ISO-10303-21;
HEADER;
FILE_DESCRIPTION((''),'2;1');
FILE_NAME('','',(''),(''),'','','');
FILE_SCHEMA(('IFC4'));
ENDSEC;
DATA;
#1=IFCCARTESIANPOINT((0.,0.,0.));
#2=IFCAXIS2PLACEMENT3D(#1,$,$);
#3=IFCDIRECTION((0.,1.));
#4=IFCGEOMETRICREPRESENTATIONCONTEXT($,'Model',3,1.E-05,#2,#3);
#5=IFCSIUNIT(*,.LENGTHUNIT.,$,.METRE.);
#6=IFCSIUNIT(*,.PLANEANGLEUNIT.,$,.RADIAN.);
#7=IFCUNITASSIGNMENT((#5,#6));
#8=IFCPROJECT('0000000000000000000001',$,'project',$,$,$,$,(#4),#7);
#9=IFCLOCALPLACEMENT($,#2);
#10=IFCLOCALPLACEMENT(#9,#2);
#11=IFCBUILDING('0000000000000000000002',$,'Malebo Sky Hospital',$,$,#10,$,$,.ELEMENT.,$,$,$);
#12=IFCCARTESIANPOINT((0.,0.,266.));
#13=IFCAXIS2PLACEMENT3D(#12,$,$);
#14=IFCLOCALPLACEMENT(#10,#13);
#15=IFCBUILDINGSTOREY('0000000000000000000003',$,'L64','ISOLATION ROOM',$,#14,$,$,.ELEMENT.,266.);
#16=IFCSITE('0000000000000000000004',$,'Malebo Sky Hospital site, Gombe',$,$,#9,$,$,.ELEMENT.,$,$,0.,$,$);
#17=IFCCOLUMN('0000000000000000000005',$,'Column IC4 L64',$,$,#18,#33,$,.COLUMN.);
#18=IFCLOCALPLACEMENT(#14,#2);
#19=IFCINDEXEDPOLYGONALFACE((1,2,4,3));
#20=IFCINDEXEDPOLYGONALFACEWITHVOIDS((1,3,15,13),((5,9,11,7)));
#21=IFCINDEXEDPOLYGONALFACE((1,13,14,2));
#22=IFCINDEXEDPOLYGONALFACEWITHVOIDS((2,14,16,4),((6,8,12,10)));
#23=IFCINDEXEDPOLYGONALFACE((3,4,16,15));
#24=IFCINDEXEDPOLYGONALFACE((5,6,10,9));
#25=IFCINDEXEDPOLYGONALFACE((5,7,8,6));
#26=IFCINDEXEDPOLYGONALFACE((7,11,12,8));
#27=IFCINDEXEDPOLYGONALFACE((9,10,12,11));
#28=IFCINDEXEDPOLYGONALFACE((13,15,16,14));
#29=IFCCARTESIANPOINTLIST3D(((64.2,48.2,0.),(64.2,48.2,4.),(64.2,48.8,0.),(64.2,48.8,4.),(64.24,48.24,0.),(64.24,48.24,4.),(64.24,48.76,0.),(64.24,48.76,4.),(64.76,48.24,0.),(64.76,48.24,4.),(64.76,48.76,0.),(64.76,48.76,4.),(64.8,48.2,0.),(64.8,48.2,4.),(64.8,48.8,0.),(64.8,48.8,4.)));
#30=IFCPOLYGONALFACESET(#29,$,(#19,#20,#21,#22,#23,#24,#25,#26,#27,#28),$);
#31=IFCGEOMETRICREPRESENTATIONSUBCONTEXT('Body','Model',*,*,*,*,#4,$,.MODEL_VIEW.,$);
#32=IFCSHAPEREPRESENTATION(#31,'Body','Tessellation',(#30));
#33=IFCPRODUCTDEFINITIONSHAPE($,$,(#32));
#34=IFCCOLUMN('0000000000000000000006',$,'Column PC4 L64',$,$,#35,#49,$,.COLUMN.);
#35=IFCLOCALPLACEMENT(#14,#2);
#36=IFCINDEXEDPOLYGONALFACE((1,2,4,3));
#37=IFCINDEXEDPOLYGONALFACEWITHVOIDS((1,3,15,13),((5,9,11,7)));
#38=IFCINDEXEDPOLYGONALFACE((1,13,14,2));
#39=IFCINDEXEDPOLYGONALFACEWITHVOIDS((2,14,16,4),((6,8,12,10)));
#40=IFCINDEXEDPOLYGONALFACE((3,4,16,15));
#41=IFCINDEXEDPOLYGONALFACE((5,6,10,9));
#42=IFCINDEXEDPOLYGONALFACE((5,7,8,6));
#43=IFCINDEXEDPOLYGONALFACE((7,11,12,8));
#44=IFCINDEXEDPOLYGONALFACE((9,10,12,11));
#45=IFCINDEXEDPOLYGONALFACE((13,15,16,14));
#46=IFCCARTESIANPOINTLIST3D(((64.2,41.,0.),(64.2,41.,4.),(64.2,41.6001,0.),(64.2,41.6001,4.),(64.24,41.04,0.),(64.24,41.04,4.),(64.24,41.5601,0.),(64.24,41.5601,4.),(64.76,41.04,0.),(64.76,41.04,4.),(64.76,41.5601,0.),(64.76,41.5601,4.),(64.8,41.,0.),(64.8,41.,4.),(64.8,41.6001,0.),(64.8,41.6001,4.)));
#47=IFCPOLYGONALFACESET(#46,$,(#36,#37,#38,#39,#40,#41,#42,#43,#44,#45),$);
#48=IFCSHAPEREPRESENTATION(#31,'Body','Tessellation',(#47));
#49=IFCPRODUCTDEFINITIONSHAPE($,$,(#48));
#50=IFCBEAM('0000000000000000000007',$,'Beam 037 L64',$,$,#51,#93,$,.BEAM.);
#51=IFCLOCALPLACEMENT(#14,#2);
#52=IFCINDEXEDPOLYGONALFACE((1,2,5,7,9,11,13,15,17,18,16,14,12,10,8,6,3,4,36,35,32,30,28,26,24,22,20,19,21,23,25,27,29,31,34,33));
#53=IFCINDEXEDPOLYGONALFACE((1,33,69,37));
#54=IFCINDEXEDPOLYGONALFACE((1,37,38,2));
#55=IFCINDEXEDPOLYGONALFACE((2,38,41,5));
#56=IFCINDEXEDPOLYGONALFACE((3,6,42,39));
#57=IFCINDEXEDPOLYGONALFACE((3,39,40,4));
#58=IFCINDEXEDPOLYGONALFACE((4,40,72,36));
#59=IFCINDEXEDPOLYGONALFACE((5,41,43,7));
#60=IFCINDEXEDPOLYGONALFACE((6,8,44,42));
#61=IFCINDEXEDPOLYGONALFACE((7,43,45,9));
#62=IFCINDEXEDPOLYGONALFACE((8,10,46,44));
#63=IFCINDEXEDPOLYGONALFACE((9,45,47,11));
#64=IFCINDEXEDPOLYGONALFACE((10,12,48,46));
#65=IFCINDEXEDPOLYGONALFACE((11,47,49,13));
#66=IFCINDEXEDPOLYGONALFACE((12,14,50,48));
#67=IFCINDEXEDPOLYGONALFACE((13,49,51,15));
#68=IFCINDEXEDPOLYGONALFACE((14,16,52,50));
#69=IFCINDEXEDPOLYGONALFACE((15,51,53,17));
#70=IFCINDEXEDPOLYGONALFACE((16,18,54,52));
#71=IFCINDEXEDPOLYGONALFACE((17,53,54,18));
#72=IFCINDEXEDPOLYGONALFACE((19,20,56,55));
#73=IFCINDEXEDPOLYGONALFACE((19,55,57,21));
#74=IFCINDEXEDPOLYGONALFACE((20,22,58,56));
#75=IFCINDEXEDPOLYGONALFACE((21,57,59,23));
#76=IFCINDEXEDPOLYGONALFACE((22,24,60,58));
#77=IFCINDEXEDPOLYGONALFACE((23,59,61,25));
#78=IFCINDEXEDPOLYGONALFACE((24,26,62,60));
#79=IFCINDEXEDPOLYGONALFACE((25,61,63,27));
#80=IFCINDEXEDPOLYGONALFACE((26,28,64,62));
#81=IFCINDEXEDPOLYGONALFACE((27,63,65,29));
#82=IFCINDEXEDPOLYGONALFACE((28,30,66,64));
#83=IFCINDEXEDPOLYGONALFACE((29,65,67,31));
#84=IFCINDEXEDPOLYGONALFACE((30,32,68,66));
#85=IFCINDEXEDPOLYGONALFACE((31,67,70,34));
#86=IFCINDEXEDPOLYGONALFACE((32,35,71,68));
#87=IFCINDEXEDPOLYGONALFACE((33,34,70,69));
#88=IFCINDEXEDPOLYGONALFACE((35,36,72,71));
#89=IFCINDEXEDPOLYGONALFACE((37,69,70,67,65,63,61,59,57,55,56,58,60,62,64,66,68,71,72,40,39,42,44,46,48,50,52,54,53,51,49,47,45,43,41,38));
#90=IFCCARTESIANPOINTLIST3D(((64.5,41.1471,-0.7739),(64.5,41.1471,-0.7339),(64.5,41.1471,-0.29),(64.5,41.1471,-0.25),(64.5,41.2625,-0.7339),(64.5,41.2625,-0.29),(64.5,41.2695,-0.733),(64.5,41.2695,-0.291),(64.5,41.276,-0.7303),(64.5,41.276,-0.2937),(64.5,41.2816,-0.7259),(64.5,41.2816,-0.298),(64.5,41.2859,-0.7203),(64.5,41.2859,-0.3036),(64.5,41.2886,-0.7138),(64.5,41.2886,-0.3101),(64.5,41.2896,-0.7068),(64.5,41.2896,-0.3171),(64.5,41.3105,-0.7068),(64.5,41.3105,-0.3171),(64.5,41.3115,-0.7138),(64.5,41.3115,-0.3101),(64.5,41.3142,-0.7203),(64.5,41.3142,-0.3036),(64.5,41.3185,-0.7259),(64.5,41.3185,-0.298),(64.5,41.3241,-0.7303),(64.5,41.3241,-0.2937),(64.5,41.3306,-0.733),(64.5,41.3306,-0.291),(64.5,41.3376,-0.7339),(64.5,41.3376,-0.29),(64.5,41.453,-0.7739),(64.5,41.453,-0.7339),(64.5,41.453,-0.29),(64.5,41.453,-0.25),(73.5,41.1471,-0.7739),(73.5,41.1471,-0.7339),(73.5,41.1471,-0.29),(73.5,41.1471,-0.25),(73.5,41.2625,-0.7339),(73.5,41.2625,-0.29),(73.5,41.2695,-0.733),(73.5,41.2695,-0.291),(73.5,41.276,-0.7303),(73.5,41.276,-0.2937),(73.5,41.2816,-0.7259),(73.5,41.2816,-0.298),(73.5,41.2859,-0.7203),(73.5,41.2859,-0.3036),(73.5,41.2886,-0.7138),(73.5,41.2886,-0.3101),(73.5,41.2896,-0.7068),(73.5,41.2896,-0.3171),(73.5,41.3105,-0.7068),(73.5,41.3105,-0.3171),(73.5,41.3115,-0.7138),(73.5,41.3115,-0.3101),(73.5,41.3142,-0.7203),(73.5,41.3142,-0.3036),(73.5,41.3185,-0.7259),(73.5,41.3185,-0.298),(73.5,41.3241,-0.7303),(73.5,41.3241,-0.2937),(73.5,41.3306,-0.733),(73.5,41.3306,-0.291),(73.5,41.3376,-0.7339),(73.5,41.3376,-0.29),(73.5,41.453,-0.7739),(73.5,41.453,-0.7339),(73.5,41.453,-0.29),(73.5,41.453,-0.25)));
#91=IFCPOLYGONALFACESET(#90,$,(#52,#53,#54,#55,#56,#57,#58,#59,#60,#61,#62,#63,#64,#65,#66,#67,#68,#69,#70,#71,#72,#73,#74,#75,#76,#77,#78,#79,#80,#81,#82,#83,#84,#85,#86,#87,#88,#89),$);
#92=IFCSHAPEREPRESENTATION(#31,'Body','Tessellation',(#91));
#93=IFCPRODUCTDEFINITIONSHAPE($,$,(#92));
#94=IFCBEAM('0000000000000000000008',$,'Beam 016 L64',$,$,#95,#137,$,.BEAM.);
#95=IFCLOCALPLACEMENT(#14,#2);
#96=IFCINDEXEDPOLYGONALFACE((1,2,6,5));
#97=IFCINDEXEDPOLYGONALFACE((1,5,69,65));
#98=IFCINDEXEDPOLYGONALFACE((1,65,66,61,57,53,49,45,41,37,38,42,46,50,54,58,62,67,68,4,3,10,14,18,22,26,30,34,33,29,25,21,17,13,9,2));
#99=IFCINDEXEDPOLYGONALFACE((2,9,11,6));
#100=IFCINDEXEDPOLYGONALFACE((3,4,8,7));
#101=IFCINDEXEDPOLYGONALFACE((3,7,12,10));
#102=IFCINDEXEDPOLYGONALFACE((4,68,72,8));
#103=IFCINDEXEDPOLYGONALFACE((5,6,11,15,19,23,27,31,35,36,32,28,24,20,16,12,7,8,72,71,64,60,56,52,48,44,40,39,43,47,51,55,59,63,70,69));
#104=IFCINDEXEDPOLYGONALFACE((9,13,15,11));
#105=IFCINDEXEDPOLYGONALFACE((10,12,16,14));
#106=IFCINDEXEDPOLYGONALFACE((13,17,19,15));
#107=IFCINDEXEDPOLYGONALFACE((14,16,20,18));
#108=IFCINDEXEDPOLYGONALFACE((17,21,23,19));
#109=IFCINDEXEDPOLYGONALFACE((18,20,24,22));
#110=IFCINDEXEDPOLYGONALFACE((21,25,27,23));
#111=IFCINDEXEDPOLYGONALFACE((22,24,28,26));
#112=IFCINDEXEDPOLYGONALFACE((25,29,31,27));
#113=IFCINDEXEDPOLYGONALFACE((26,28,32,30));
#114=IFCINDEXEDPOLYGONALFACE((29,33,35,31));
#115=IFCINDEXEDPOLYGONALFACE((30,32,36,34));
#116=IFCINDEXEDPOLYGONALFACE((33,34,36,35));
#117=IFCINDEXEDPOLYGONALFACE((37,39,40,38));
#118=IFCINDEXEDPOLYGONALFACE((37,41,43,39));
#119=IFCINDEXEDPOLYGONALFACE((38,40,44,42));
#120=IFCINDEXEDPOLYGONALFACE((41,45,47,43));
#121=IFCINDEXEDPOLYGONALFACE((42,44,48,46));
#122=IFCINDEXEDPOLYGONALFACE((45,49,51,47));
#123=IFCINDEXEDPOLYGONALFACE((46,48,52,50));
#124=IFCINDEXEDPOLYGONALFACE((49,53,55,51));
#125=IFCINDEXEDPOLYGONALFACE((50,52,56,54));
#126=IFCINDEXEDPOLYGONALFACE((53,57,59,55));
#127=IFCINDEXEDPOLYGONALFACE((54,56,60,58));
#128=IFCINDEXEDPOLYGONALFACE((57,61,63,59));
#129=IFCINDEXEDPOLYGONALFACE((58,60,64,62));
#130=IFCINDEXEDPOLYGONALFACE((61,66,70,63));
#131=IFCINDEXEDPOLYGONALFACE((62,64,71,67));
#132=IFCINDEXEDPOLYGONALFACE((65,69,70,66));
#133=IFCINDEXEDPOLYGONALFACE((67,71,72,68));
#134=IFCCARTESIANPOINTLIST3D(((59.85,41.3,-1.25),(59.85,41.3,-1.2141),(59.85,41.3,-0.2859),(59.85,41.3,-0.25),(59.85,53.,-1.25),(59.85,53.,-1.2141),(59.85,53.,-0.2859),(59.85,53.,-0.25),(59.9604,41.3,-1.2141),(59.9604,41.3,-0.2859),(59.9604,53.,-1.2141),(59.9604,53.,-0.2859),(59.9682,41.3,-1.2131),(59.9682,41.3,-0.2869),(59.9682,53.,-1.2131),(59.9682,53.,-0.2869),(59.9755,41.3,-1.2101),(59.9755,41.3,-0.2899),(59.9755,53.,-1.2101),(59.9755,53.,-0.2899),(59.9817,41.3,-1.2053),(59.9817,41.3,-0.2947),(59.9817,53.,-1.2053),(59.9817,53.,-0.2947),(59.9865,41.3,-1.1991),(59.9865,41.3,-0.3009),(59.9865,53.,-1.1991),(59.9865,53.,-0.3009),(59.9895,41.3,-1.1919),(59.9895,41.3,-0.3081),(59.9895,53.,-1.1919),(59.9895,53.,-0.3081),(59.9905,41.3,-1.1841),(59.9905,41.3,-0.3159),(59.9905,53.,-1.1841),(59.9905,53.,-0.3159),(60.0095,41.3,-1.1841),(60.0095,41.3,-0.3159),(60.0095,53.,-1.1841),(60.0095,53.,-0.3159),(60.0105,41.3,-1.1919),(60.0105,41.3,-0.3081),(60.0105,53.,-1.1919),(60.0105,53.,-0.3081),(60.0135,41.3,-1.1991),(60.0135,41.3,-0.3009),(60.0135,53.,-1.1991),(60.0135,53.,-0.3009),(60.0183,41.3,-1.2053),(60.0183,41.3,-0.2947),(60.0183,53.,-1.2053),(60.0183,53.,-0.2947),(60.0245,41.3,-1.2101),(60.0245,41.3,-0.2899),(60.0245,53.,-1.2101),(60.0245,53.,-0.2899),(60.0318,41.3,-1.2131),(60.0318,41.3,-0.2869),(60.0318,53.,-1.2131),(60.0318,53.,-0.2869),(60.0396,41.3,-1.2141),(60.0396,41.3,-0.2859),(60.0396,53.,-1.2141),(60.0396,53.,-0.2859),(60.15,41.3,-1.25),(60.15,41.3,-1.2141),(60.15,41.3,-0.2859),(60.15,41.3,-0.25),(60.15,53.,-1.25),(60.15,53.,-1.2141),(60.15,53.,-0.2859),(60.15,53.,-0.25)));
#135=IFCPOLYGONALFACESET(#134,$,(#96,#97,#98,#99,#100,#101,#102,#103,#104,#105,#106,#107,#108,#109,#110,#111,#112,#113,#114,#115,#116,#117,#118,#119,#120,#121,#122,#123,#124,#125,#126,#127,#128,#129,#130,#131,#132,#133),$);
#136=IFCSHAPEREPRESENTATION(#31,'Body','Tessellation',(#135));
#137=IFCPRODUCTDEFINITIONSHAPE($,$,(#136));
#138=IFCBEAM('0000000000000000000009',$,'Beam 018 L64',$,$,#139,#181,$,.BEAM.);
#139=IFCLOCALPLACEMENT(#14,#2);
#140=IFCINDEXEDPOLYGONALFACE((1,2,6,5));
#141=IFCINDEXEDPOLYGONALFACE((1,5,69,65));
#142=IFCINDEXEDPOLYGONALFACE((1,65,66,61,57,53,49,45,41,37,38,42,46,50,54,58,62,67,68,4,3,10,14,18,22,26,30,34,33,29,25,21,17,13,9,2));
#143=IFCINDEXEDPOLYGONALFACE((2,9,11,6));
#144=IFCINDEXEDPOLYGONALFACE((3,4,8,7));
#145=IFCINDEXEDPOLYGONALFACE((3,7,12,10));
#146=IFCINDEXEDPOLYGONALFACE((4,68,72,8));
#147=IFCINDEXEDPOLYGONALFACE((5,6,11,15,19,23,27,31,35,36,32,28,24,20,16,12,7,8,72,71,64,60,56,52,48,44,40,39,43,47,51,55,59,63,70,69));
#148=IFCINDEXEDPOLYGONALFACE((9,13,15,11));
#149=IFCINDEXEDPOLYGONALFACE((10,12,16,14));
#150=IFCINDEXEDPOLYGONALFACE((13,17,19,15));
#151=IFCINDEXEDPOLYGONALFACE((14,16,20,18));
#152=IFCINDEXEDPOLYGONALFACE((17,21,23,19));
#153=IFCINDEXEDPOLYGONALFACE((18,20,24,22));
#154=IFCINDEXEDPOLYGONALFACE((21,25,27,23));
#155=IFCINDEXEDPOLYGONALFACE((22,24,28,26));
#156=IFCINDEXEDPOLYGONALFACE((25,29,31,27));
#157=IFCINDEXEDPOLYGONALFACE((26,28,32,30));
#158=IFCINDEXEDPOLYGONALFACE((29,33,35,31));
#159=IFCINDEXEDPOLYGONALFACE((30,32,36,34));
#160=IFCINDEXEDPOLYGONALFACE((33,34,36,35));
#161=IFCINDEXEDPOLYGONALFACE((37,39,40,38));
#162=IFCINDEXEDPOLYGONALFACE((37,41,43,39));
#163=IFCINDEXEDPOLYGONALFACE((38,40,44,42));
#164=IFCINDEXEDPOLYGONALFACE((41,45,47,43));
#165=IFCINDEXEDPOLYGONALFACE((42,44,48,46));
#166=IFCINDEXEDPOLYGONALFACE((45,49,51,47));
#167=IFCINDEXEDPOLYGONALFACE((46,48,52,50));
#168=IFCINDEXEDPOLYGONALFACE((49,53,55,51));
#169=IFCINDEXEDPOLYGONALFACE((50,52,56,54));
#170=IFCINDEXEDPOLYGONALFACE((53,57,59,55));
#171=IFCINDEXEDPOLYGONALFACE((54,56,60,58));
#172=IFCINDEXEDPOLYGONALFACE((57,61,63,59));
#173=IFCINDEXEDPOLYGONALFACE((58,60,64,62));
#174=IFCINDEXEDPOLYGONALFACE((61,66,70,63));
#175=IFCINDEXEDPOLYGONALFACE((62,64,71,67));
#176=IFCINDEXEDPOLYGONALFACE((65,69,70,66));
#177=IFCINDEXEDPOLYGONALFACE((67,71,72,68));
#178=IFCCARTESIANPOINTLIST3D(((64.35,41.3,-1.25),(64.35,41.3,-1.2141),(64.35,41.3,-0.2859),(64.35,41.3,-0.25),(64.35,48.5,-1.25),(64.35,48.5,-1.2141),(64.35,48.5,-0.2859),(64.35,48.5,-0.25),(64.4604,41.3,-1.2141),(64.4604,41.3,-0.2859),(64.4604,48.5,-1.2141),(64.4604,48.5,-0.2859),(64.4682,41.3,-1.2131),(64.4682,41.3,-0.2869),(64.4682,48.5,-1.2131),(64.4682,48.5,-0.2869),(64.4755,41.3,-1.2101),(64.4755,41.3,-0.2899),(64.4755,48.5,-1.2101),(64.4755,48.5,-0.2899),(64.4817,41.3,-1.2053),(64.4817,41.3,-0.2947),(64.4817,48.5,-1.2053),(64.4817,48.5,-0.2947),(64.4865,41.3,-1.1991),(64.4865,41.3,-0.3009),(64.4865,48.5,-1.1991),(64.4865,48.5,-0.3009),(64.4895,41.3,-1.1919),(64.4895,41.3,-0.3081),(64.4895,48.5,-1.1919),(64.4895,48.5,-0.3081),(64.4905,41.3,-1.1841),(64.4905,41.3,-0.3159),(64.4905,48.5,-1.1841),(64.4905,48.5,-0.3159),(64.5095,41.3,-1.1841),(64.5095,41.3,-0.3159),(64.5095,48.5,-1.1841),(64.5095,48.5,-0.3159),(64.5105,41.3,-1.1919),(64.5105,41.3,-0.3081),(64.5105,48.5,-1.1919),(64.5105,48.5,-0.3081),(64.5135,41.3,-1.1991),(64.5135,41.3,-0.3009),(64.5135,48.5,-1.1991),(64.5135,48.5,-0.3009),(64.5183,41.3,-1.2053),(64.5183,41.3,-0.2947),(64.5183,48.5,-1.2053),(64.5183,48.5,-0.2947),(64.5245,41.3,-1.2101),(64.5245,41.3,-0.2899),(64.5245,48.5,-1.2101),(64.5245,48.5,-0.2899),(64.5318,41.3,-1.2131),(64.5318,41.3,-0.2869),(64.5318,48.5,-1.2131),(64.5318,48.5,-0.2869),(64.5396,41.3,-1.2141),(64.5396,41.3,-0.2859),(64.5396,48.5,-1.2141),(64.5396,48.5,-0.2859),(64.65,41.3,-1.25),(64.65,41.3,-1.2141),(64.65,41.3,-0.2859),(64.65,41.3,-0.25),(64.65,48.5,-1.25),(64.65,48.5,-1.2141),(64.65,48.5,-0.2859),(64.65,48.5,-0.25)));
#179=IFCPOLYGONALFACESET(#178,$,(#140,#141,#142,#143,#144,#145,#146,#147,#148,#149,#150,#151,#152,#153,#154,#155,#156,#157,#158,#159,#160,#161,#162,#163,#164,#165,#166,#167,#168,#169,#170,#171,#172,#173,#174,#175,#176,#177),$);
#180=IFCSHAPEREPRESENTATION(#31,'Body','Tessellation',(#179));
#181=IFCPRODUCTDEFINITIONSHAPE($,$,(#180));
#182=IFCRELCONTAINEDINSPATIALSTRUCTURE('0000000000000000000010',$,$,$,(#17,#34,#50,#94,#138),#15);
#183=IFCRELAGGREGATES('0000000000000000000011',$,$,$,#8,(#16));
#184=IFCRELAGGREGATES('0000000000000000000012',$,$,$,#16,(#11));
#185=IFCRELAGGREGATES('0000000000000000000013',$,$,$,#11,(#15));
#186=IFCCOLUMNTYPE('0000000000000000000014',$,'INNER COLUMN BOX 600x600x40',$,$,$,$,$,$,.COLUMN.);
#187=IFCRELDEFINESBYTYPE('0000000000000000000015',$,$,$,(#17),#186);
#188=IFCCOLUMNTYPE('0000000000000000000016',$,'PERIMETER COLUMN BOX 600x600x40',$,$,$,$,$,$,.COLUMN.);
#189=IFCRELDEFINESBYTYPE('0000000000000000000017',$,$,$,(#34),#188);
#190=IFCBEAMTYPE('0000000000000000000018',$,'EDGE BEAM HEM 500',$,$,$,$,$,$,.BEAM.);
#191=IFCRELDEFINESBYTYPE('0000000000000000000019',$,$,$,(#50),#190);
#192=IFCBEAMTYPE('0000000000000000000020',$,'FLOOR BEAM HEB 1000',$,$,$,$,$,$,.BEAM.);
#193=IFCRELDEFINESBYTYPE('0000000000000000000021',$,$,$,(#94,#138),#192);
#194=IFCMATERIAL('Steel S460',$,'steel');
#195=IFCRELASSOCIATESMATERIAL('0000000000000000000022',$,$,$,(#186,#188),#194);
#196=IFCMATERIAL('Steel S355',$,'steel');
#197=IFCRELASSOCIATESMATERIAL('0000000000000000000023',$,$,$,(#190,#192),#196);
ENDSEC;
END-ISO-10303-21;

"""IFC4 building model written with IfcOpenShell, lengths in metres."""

from ifc_helpers import new_model, si_unit, direction, frame, origin, origin_2d, place, context, subcontext, project, spatial, hollow_rectangle, i_section, extrude, material, material_profile, profile_set, type_object, element, save


model = new_model("IFC4")

# Units and contexts
model_context = context("Model", 3, precision=1e-05, world=origin(), true_north=direction((0.0, 1.0)))
body_context = subcontext(model_context, "Body", "Model", "MODEL_VIEW")
ifc_project = project(units=[si_unit("LENGTHUNIT", "METRE"), si_unit("PLANEANGLEUNIT", "RADIAN")], contexts=[model_context])

# Site, building, storey
site_placement = place(None, origin())
site = spatial("IfcSite", under=ifc_project, at=site_placement, Name="Malebo Sky Hospital site, Gombe", CompositionType="ELEMENT", RefElevation=0.0)
building_placement = place(site_placement, origin())
building = spatial("IfcBuilding", under=site, at=building_placement, Name="Malebo Sky Hospital", CompositionType="ELEMENT")
storey_placement = place(building_placement, frame((0.0, 0.0, 266.0)))
storey = spatial("IfcBuildingStorey", under=building, at=storey_placement, Name="L64", Description="ISOLATION ROOM", CompositionType="ELEMENT", Elevation=266.0)

# Columns
ifc_material_1 = material(Name="Steel S460", Category="steel")
ifc_material_profile_1 = material_profile(ifc_material_1, hollow_rectangle(XDim=0.6001, YDim=0.6001, WallThickness=0.04, at=origin_2d()), Name="BOX 600x600x40")
ifc_profile_set_1 = profile_set([ifc_material_profile_1], Name="Steel S460")
column_type_1 = type_object("IfcColumnType", Name="INNER COLUMN BOX 600x600x40", PredefinedType="COLUMN", material=ifc_profile_set_1)
column_1_placement = place(storey_placement, frame((64.5, 48.5, 0.0), z_axis=(0.0, 0.0, 1.0), x_axis=(1.0, 0.0, 0.0)))
element("IfcColumn", 1, at=column_1_placement, inside=storey, type_object=column_type_1, Name="Column IC4 L64", PredefinedType="COLUMN", context=body_context, shape_type="SweptSolid", body=[
    extrude(hollow_rectangle(XDim=0.6001, YDim=0.6001, WallThickness=0.04, at=origin_2d()), origin(), (0.0, 0.0, 1.0), 4.0),
])
ifc_material_profile_2 = material_profile(ifc_material_1, hollow_rectangle(XDim=0.6001, YDim=0.6001, WallThickness=0.04, at=origin_2d()), Name="BOX 600x600x40")
ifc_profile_set_2 = profile_set([ifc_material_profile_2], Name="Steel S460")
column_type_2 = type_object("IfcColumnType", Name="PERIMETER COLUMN BOX 600x600x40", PredefinedType="COLUMN", material=ifc_profile_set_2)
column_2_placement = place(storey_placement, frame((64.5, 41.3, 0.0), z_axis=(0.0, 0.0, 1.0), x_axis=(1.0, 0.0, 0.0)))
element("IfcColumn", 2, at=column_2_placement, inside=storey, type_object=column_type_2, Name="Column PC4 L64", PredefinedType="COLUMN", context=body_context, shape_type="SweptSolid", body=[
    extrude(hollow_rectangle(XDim=0.6001, YDim=0.6001, WallThickness=0.04, at=origin_2d()), origin(), (0.0, 0.0, 1.0), 4.0),
])

# Beams
ifc_material_2 = material(Name="Steel S355", Category="steel")
ifc_material_profile_3 = material_profile(ifc_material_2, i_section(OverallWidth=0.3059, OverallDepth=0.5239, WebThickness=0.021, FlangeThickness=0.04, FilletRadius=0.0271, at=origin_2d()), Name="HEM 500")
ifc_profile_set_3 = profile_set([ifc_material_profile_3], Name="Steel S355")
beam_type_1 = type_object("IfcBeamType", Name="EDGE BEAM HEM 500", PredefinedType="BEAM", material=ifc_profile_set_3)
beam_1_placement = place(storey_placement, frame((64.5, 41.3, -0.512), z_axis=(1.0, 0.0, 0.0), x_axis=(0.0, 1.0, 0.0)))
element("IfcBeam", 3, at=beam_1_placement, inside=storey, type_object=beam_type_1, Name="Beam 037 L64", PredefinedType="BEAM", context=body_context, shape_type="SweptSolid", body=[
    extrude(i_section(OverallWidth=0.3059, OverallDepth=0.5239, WebThickness=0.021, FlangeThickness=0.04, FilletRadius=0.0271, at=origin_2d()), origin(), (0.0, 0.0, 1.0), 9.0),
])
ifc_material_profile_4 = material_profile(ifc_material_2, i_section(OverallWidth=0.3, OverallDepth=1.0, WebThickness=0.019, FlangeThickness=0.0359, FilletRadius=0.03, at=origin_2d()), Name="HEB 1000")
ifc_profile_set_4 = profile_set([ifc_material_profile_4], Name="Steel S355")
beam_type_2 = type_object("IfcBeamType", Name="FLOOR BEAM HEB 1000", PredefinedType="BEAM", material=ifc_profile_set_4)
beam_2_placement = place(storey_placement, frame((60.0, 41.3, -0.75), z_axis=(0.0, 1.0, 0.0), x_axis=(-1.0, 0.0, 0.0)))
element("IfcBeam", 4, at=beam_2_placement, inside=storey, type_object=beam_type_2, Name="Beam 016 L64", PredefinedType="BEAM", context=body_context, shape_type="SweptSolid", body=[
    extrude(i_section(OverallWidth=0.3, OverallDepth=1.0, WebThickness=0.019, FlangeThickness=0.0359, FilletRadius=0.03, at=origin_2d()), origin(), (0.0, 0.0, 1.0), 11.7),
])
beam_3_placement = place(storey_placement, frame((64.5, 41.3, -0.75), z_axis=(0.0, 1.0, 0.0), x_axis=(-1.0, 0.0, 0.0)))
element("IfcBeam", 5, at=beam_3_placement, inside=storey, type_object=beam_type_2, Name="Beam 018 L64", PredefinedType="BEAM", context=body_context, shape_type="SweptSolid", body=[
    extrude(i_section(OverallWidth=0.3, OverallDepth=1.0, WebThickness=0.019, FlangeThickness=0.0359, FilletRadius=0.03, at=origin_2d()), origin(), (0.0, 0.0, 1.0), 7.2),
])

save(model, "model.ifc")
